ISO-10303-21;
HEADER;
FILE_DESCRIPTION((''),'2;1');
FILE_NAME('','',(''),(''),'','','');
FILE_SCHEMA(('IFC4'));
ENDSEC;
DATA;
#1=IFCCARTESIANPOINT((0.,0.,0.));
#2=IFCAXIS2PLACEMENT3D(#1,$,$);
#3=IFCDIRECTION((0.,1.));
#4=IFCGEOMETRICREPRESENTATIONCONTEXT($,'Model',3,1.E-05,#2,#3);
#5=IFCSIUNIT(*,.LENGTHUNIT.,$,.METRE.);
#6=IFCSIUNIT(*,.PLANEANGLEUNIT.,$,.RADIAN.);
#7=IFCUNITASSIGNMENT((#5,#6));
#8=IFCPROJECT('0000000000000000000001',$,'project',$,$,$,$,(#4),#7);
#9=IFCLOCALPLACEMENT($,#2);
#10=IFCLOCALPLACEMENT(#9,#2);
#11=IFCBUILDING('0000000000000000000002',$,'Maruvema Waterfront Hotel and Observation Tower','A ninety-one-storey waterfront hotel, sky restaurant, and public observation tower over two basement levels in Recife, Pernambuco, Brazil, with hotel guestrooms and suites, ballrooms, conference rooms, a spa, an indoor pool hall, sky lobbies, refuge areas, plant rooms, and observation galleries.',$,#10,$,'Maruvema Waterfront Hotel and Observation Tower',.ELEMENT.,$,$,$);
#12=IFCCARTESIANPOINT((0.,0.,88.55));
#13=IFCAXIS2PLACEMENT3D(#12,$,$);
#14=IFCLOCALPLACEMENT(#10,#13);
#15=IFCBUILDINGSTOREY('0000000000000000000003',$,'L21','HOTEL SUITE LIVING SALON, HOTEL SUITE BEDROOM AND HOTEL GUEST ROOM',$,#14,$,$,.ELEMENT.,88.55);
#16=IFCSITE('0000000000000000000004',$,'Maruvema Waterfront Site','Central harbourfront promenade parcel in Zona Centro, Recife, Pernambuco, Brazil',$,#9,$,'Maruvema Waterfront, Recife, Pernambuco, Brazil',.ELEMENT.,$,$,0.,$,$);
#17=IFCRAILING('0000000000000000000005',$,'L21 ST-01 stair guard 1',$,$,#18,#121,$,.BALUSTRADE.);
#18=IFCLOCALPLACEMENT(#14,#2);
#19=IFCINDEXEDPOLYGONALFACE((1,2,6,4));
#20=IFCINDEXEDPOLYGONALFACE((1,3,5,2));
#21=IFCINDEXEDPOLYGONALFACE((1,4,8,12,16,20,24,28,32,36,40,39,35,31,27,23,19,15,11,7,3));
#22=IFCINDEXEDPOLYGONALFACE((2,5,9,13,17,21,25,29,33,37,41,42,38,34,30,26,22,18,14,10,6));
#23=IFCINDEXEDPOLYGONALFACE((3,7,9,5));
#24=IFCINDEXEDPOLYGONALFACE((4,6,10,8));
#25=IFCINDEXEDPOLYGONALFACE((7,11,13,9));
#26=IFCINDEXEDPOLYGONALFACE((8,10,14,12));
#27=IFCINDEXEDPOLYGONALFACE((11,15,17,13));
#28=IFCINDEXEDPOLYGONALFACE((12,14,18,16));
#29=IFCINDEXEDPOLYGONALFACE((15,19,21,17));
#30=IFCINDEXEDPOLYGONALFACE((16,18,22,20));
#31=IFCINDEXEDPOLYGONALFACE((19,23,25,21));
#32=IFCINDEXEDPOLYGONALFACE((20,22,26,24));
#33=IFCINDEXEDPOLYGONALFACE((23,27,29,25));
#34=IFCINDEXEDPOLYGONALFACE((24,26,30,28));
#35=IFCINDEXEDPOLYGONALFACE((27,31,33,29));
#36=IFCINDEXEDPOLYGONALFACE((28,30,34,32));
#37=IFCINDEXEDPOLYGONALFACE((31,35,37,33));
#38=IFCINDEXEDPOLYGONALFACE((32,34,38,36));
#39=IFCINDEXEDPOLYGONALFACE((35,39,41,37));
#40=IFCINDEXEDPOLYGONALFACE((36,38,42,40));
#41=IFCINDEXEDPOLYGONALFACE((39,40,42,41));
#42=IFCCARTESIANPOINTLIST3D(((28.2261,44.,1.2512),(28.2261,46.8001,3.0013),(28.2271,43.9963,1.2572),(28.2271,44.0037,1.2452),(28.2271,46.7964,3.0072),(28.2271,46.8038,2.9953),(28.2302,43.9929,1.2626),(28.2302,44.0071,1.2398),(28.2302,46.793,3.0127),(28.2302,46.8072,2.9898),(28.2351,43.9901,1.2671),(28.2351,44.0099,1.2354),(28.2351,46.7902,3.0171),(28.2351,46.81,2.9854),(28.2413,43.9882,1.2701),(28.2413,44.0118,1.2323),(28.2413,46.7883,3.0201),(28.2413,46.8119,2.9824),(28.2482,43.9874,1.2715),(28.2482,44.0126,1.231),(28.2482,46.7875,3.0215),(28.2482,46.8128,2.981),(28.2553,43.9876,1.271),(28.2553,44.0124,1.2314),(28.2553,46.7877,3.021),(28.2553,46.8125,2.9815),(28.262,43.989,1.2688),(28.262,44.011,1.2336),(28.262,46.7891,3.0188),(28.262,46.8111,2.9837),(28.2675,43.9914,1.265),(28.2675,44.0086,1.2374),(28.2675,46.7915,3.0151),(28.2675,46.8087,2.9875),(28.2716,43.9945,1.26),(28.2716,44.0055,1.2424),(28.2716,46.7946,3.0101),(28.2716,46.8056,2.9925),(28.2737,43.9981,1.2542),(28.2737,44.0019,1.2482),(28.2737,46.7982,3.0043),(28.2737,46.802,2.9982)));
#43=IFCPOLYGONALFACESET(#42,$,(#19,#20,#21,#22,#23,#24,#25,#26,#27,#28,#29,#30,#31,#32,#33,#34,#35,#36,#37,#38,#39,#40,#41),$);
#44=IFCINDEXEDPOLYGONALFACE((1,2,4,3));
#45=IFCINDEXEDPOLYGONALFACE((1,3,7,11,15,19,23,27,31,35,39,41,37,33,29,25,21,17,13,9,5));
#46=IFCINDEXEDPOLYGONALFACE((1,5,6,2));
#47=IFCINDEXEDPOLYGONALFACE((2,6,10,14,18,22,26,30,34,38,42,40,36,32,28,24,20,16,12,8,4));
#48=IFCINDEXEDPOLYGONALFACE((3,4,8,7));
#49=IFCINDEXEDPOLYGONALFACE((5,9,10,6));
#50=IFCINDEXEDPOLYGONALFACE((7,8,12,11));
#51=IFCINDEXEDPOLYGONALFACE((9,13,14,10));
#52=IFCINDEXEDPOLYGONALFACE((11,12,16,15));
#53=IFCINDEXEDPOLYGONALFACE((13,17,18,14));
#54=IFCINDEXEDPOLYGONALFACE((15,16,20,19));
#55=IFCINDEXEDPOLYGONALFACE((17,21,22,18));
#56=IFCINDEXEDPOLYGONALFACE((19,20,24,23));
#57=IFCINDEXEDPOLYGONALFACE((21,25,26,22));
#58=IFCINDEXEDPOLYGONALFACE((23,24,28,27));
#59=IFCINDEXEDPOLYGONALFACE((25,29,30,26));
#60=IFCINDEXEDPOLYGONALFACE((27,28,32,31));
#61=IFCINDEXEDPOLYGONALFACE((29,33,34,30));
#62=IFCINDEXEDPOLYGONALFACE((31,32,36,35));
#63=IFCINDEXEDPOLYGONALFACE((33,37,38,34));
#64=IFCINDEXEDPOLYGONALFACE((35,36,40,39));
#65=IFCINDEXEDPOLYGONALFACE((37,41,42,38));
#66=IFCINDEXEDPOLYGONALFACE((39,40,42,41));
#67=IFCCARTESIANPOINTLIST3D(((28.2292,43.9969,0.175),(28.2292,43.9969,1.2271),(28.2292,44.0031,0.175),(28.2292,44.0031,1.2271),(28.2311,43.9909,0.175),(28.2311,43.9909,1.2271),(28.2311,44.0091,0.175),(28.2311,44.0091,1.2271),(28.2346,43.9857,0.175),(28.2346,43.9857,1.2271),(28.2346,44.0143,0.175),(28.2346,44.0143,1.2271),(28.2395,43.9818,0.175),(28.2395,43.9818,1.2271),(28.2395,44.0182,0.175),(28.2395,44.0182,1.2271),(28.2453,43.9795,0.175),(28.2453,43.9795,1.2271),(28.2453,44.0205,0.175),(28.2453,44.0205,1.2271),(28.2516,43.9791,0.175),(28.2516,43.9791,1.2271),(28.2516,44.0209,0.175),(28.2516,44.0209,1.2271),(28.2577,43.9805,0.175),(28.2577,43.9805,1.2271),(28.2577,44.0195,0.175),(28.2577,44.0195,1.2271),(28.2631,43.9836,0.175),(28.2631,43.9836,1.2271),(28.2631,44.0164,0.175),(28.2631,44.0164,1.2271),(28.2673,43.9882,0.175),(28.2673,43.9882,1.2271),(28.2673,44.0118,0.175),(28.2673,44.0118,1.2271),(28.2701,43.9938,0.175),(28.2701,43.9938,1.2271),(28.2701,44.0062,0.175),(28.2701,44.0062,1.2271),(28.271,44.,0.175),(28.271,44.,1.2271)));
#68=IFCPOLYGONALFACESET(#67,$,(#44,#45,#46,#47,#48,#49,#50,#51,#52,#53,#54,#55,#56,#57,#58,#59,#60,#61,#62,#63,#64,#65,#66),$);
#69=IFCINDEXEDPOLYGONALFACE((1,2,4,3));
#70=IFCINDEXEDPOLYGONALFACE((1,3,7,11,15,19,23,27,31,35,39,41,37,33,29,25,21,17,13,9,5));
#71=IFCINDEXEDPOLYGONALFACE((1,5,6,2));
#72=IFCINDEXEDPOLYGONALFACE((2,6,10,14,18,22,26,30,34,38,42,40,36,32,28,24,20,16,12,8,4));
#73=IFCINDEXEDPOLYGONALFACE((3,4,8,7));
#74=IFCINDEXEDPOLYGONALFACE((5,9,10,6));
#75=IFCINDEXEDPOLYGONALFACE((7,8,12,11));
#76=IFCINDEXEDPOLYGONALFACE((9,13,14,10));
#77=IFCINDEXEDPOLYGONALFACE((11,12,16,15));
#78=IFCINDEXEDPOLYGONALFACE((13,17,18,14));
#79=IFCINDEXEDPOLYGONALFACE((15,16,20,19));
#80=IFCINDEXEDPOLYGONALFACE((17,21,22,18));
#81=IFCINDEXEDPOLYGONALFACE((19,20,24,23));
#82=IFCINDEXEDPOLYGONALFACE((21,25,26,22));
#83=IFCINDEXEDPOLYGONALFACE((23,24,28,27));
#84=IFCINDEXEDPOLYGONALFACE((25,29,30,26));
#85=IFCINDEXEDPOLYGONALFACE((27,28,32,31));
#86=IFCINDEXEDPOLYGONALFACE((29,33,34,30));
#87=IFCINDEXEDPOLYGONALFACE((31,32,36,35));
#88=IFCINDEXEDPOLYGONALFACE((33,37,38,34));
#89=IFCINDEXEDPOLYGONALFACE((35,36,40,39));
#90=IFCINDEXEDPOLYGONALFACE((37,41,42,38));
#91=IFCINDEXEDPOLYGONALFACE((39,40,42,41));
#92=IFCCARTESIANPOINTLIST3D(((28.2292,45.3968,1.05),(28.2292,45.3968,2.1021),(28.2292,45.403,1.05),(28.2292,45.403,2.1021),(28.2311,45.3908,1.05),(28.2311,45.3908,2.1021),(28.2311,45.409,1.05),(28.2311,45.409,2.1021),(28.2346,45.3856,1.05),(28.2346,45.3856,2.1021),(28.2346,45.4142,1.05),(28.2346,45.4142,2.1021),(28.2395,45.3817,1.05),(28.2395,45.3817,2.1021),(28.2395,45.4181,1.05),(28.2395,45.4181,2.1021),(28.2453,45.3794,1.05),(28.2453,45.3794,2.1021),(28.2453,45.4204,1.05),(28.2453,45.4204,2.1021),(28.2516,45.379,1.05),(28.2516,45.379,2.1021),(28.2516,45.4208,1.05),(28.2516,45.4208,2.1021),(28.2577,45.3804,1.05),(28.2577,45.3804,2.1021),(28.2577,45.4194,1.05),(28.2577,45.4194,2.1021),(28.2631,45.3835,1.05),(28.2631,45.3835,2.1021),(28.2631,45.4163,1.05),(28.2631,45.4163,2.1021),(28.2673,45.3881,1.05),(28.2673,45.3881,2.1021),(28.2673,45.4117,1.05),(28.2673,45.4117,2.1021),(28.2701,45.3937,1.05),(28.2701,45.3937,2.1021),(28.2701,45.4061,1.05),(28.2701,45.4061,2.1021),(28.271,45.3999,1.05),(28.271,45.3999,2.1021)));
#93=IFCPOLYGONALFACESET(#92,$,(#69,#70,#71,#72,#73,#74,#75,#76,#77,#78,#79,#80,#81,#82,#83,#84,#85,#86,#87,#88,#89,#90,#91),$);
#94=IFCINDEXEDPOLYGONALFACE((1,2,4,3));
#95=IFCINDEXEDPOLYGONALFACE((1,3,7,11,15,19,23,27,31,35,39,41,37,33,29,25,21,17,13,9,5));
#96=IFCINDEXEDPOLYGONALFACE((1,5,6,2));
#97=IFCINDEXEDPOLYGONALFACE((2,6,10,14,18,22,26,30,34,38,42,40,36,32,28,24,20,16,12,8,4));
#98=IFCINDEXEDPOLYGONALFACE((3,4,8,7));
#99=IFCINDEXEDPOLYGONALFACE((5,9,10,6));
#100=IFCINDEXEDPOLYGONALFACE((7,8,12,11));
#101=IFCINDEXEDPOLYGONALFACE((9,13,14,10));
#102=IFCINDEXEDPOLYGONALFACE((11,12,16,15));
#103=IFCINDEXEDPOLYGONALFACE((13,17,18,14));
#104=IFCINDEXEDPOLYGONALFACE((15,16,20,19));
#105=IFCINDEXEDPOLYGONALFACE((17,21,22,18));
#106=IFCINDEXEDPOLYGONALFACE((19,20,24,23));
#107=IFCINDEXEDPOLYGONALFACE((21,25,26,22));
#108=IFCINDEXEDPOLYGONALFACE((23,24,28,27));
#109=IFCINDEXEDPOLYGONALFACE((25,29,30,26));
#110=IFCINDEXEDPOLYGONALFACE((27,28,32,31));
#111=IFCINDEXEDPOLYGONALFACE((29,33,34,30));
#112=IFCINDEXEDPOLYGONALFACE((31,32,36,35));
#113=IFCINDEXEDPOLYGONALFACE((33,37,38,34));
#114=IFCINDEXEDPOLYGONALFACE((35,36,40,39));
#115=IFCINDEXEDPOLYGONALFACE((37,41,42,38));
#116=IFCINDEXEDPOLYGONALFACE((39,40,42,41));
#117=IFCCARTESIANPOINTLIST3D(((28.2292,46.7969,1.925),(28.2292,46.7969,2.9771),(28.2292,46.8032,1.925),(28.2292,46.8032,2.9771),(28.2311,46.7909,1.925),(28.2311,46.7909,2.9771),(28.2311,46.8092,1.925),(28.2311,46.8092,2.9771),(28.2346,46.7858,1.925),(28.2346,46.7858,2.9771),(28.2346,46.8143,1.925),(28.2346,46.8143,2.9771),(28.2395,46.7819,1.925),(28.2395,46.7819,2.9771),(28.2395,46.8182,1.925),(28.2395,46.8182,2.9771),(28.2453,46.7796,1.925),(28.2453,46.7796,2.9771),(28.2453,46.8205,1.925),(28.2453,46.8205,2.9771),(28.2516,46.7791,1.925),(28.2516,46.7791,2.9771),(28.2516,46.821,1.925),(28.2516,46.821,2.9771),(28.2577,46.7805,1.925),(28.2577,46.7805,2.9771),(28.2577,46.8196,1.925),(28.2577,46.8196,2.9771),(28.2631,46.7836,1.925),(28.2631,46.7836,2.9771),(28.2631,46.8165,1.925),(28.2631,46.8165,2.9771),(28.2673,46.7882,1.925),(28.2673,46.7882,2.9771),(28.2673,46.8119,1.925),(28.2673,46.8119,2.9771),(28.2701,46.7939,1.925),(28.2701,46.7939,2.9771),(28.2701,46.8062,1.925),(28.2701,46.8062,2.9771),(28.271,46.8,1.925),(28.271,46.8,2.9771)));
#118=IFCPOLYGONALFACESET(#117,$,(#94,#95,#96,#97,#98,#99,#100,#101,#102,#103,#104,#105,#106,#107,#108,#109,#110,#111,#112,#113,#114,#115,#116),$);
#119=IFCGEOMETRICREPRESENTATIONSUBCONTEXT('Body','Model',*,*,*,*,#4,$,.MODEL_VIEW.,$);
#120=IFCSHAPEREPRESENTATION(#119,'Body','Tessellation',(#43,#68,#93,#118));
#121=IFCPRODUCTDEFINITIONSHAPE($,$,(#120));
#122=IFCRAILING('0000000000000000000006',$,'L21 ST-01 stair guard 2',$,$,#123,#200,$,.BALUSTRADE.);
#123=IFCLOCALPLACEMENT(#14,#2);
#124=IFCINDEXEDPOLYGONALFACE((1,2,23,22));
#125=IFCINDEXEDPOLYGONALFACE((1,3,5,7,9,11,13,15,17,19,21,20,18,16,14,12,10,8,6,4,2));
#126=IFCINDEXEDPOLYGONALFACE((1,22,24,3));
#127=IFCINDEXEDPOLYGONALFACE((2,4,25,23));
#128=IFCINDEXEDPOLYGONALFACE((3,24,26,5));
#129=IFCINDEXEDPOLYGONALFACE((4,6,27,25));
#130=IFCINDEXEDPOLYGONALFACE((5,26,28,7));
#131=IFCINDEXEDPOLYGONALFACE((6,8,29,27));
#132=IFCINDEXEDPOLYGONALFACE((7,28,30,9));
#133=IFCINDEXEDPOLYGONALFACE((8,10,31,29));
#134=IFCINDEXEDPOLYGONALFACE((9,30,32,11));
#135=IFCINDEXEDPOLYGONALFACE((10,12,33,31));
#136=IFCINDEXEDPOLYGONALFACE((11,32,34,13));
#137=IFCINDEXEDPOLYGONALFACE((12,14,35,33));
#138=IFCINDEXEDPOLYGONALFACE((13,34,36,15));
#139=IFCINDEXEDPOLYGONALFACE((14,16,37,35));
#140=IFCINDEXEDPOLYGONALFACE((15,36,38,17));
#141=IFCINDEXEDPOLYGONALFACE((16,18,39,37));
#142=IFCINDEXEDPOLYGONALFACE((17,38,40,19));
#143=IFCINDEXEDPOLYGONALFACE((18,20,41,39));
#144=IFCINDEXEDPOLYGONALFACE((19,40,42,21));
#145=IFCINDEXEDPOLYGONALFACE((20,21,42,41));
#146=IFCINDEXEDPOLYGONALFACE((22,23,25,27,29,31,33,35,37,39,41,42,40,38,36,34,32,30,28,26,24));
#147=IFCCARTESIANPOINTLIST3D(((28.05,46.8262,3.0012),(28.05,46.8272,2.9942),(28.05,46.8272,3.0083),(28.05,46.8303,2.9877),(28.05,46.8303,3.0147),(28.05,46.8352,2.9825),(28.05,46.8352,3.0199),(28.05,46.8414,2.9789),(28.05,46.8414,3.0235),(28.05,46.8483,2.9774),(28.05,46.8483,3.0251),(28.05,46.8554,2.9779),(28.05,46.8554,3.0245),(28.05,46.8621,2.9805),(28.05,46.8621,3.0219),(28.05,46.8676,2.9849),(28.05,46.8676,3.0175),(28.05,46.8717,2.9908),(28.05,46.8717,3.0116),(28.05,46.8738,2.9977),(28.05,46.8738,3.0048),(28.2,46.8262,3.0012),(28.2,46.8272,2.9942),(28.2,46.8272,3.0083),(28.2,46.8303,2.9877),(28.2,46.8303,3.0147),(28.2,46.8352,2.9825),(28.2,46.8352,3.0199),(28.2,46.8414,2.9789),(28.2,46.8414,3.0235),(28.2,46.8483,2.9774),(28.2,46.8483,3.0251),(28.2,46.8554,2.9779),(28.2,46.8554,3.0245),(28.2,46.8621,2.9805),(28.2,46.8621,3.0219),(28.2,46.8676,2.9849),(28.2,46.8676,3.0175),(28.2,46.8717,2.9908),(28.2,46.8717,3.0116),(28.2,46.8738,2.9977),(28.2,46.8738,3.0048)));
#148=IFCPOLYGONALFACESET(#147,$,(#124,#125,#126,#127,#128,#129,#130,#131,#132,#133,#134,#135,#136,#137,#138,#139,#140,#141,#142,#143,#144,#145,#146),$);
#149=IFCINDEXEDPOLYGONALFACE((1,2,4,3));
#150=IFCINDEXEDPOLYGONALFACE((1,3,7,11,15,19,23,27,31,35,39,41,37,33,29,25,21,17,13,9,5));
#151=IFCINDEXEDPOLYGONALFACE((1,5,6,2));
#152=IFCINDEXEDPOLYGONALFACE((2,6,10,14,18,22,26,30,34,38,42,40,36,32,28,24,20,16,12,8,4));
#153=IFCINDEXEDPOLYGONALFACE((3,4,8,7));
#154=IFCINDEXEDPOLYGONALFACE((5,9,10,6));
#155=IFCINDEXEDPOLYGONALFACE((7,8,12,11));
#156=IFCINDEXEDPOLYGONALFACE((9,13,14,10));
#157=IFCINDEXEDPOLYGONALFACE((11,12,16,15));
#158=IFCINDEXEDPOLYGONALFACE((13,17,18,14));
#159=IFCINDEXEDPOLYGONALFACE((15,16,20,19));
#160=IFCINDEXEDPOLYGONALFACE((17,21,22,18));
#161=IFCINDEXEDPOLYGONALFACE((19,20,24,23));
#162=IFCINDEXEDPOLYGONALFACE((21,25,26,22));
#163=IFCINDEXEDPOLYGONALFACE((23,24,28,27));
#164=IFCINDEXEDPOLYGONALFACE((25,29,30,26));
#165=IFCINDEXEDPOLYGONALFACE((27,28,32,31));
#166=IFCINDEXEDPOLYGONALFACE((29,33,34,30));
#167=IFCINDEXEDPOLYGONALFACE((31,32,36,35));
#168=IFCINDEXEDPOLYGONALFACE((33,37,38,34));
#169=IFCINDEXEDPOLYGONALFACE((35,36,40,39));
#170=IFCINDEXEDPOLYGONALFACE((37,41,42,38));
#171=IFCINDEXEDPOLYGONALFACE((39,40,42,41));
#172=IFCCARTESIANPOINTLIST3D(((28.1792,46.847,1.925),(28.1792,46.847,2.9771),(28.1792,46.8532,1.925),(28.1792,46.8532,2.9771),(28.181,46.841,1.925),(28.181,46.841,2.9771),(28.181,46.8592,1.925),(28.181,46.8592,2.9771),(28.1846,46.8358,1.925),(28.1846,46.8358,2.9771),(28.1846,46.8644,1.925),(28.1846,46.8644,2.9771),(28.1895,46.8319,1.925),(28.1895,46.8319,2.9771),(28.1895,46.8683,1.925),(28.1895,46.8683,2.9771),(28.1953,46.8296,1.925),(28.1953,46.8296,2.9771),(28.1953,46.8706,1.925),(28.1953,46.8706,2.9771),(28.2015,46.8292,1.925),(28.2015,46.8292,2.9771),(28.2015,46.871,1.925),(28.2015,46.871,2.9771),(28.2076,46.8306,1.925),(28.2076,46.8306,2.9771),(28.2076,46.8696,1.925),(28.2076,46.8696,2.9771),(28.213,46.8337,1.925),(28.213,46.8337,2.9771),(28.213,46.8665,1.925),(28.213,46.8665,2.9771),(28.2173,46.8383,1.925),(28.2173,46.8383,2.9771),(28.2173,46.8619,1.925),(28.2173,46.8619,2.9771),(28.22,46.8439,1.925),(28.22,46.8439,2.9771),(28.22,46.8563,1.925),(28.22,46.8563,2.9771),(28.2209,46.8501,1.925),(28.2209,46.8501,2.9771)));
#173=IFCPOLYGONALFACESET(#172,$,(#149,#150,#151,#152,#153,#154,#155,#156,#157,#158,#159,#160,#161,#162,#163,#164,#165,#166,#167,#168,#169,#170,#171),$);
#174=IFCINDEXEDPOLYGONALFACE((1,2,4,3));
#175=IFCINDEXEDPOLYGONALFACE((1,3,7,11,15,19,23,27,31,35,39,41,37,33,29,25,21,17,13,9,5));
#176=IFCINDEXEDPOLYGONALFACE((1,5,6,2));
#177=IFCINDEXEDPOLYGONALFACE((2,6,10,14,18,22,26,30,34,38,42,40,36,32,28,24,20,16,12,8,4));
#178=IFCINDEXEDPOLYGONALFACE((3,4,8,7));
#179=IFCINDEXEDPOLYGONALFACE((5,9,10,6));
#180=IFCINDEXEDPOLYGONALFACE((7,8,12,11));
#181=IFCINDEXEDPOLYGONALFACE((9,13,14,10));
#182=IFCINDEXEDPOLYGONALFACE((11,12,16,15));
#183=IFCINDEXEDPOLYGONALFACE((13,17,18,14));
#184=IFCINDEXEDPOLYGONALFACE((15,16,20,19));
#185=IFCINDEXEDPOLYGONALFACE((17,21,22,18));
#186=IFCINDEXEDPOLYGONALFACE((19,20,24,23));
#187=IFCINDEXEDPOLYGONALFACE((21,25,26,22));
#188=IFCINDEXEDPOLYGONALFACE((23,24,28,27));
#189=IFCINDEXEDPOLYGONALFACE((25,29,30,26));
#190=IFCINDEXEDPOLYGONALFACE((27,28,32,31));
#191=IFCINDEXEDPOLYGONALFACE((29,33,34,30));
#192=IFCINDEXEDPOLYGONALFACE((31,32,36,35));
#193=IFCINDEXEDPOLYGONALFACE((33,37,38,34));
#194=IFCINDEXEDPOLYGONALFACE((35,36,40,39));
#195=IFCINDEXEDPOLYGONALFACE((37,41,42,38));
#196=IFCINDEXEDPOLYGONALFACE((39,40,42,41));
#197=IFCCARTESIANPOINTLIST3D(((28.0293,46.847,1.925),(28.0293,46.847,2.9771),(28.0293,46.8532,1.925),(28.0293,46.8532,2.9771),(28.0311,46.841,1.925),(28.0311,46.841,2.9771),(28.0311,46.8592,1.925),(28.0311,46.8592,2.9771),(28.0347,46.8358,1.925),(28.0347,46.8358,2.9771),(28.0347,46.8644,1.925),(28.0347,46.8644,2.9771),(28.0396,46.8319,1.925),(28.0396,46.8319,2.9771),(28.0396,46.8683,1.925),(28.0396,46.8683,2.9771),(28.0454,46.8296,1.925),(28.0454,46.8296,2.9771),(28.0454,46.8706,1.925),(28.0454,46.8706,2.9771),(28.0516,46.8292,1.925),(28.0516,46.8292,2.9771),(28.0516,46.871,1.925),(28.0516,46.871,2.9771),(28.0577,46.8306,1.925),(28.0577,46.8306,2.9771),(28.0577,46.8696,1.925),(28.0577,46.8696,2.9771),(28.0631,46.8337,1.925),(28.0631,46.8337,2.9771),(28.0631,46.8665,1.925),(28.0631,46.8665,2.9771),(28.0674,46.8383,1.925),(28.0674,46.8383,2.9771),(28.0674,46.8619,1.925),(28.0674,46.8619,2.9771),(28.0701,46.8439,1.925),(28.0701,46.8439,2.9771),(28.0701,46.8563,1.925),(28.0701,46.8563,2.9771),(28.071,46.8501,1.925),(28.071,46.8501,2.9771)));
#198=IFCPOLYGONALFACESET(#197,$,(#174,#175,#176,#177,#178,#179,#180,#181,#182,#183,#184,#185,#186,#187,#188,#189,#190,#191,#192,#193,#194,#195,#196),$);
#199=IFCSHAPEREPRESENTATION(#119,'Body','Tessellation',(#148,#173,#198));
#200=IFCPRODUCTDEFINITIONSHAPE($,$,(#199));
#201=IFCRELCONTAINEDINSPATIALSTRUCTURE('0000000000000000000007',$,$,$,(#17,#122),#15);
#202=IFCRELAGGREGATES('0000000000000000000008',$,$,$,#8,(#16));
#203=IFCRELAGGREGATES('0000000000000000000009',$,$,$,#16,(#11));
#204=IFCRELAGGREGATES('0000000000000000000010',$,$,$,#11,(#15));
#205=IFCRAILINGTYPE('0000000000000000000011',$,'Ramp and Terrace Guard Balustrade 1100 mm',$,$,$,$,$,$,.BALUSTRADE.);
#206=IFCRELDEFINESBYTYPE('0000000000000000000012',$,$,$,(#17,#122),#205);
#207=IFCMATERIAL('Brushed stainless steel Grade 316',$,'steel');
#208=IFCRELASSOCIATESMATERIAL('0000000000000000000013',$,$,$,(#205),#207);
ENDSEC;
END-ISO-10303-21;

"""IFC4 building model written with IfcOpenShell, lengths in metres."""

from ifc_helpers import new_model, si_unit, direction, frame, origin, origin_2d, place, context, subcontext, project, spatial, circle, extrude, material, type_object, element, save


model = new_model("IFC4")

# Units and contexts
model_context = context("Model", 3, precision=1e-05, world=origin(), true_north=direction((0.0, 1.0)))
body_context = subcontext(model_context, "Body", "Model", "MODEL_VIEW")
ifc_project = project(units=[si_unit("LENGTHUNIT", "METRE"), si_unit("PLANEANGLEUNIT", "RADIAN")], contexts=[model_context])

# Site, building, storey
site_placement = place(None, origin())
site = spatial("IfcSite", under=ifc_project, at=site_placement, Name="Maruvema Waterfront Site", Description="Central harbourfront promenade parcel in Zona Centro, Recife, Pernambuco, Brazil", LongName="Maruvema Waterfront, Recife, Pernambuco, Brazil", CompositionType="ELEMENT", RefElevation=0.0)
building_placement = place(site_placement, origin())
building = spatial("IfcBuilding", under=site, at=building_placement, Name="Maruvema Waterfront Hotel and Observation Tower", Description="A ninety-one-storey waterfront hotel, sky restaurant, and public observation tower over two basement levels in Recife, Pernambuco, Brazil, with hotel guestrooms and suites, ballrooms, conference rooms, a spa, an indoor pool hall, sky lobbies, refuge areas, plant rooms, and observation galleries.", LongName="Maruvema Waterfront Hotel and Observation Tower", CompositionType="ELEMENT")
storey_placement = place(building_placement, frame((0.0, 0.0, 88.55)))
storey = spatial("IfcBuildingStorey", under=building, at=storey_placement, Name="L21", Description="HOTEL SUITE LIVING SALON, HOTEL SUITE BEDROOM AND HOTEL GUEST ROOM", CompositionType="ELEMENT", Elevation=88.55)

# Railings
ifc_material_1 = material(Name="Brushed stainless steel Grade 316", Category="steel")
railing_type_1 = type_object("IfcRailingType", Name="Ramp and Terrace Guard Balustrade 1100 mm", PredefinedType="BALUSTRADE", material=ifc_material_1)
railing_1_placement = place(storey_placement, frame((28.25, 44.0, 0.175)))
element("IfcRailing", 1, at=railing_1_placement, inside=storey, type_object=railing_type_1, Name="L21 ST-01 stair guard 1", PredefinedType="BALUSTRADE", context=body_context, shape_type="SweptSolid", body=[
    extrude(circle(Radius=0.0239, at=origin_2d()), frame((0.0, 0.0, 1.0762), z_axis=(0.0, 0.848002, 0.529992), x_axis=(-1.0, 0.0, 0.0)), (0.0, 0.0, 1.0), 3.302),
    extrude(circle(Radius=0.021, at=origin_2d()), origin(), (0.0, 0.0, 1.0), 1.052),
    extrude(circle(Radius=0.021, at=origin_2d()), frame((0.0, 1.3999, 0.875)), (0.0, 0.0, 1.0), 1.052),
    extrude(circle(Radius=0.021, at=origin_2d()), frame((0.0, 2.8, 1.75)), (0.0, 0.0, 1.0), 1.052),
])
railing_2_placement = place(storey_placement, frame((28.2, 46.8501, 1.925)))
element("IfcRailing", 2, at=railing_2_placement, inside=storey, type_object=railing_type_1, Name="L21 ST-01 stair guard 2", PredefinedType="BALUSTRADE", context=body_context, shape_type="SweptSolid", body=[
    extrude(circle(Radius=0.0239, at=origin_2d()), frame((0.0, 0.0, 1.0762), z_axis=(-1.0, 0.0, 0.0), x_axis=(0.0, -1.0, 0.0)), (0.0, 0.0, 1.0), 0.1499),
    extrude(circle(Radius=0.021, at=origin_2d()), origin(), (0.0, 0.0, 1.0), 1.052),
    extrude(circle(Radius=0.021, at=origin_2d()), frame((-0.1499, 0.0, 0.0)), (0.0, 0.0, 1.0), 1.052),
])

save(model, "model.ifc")
